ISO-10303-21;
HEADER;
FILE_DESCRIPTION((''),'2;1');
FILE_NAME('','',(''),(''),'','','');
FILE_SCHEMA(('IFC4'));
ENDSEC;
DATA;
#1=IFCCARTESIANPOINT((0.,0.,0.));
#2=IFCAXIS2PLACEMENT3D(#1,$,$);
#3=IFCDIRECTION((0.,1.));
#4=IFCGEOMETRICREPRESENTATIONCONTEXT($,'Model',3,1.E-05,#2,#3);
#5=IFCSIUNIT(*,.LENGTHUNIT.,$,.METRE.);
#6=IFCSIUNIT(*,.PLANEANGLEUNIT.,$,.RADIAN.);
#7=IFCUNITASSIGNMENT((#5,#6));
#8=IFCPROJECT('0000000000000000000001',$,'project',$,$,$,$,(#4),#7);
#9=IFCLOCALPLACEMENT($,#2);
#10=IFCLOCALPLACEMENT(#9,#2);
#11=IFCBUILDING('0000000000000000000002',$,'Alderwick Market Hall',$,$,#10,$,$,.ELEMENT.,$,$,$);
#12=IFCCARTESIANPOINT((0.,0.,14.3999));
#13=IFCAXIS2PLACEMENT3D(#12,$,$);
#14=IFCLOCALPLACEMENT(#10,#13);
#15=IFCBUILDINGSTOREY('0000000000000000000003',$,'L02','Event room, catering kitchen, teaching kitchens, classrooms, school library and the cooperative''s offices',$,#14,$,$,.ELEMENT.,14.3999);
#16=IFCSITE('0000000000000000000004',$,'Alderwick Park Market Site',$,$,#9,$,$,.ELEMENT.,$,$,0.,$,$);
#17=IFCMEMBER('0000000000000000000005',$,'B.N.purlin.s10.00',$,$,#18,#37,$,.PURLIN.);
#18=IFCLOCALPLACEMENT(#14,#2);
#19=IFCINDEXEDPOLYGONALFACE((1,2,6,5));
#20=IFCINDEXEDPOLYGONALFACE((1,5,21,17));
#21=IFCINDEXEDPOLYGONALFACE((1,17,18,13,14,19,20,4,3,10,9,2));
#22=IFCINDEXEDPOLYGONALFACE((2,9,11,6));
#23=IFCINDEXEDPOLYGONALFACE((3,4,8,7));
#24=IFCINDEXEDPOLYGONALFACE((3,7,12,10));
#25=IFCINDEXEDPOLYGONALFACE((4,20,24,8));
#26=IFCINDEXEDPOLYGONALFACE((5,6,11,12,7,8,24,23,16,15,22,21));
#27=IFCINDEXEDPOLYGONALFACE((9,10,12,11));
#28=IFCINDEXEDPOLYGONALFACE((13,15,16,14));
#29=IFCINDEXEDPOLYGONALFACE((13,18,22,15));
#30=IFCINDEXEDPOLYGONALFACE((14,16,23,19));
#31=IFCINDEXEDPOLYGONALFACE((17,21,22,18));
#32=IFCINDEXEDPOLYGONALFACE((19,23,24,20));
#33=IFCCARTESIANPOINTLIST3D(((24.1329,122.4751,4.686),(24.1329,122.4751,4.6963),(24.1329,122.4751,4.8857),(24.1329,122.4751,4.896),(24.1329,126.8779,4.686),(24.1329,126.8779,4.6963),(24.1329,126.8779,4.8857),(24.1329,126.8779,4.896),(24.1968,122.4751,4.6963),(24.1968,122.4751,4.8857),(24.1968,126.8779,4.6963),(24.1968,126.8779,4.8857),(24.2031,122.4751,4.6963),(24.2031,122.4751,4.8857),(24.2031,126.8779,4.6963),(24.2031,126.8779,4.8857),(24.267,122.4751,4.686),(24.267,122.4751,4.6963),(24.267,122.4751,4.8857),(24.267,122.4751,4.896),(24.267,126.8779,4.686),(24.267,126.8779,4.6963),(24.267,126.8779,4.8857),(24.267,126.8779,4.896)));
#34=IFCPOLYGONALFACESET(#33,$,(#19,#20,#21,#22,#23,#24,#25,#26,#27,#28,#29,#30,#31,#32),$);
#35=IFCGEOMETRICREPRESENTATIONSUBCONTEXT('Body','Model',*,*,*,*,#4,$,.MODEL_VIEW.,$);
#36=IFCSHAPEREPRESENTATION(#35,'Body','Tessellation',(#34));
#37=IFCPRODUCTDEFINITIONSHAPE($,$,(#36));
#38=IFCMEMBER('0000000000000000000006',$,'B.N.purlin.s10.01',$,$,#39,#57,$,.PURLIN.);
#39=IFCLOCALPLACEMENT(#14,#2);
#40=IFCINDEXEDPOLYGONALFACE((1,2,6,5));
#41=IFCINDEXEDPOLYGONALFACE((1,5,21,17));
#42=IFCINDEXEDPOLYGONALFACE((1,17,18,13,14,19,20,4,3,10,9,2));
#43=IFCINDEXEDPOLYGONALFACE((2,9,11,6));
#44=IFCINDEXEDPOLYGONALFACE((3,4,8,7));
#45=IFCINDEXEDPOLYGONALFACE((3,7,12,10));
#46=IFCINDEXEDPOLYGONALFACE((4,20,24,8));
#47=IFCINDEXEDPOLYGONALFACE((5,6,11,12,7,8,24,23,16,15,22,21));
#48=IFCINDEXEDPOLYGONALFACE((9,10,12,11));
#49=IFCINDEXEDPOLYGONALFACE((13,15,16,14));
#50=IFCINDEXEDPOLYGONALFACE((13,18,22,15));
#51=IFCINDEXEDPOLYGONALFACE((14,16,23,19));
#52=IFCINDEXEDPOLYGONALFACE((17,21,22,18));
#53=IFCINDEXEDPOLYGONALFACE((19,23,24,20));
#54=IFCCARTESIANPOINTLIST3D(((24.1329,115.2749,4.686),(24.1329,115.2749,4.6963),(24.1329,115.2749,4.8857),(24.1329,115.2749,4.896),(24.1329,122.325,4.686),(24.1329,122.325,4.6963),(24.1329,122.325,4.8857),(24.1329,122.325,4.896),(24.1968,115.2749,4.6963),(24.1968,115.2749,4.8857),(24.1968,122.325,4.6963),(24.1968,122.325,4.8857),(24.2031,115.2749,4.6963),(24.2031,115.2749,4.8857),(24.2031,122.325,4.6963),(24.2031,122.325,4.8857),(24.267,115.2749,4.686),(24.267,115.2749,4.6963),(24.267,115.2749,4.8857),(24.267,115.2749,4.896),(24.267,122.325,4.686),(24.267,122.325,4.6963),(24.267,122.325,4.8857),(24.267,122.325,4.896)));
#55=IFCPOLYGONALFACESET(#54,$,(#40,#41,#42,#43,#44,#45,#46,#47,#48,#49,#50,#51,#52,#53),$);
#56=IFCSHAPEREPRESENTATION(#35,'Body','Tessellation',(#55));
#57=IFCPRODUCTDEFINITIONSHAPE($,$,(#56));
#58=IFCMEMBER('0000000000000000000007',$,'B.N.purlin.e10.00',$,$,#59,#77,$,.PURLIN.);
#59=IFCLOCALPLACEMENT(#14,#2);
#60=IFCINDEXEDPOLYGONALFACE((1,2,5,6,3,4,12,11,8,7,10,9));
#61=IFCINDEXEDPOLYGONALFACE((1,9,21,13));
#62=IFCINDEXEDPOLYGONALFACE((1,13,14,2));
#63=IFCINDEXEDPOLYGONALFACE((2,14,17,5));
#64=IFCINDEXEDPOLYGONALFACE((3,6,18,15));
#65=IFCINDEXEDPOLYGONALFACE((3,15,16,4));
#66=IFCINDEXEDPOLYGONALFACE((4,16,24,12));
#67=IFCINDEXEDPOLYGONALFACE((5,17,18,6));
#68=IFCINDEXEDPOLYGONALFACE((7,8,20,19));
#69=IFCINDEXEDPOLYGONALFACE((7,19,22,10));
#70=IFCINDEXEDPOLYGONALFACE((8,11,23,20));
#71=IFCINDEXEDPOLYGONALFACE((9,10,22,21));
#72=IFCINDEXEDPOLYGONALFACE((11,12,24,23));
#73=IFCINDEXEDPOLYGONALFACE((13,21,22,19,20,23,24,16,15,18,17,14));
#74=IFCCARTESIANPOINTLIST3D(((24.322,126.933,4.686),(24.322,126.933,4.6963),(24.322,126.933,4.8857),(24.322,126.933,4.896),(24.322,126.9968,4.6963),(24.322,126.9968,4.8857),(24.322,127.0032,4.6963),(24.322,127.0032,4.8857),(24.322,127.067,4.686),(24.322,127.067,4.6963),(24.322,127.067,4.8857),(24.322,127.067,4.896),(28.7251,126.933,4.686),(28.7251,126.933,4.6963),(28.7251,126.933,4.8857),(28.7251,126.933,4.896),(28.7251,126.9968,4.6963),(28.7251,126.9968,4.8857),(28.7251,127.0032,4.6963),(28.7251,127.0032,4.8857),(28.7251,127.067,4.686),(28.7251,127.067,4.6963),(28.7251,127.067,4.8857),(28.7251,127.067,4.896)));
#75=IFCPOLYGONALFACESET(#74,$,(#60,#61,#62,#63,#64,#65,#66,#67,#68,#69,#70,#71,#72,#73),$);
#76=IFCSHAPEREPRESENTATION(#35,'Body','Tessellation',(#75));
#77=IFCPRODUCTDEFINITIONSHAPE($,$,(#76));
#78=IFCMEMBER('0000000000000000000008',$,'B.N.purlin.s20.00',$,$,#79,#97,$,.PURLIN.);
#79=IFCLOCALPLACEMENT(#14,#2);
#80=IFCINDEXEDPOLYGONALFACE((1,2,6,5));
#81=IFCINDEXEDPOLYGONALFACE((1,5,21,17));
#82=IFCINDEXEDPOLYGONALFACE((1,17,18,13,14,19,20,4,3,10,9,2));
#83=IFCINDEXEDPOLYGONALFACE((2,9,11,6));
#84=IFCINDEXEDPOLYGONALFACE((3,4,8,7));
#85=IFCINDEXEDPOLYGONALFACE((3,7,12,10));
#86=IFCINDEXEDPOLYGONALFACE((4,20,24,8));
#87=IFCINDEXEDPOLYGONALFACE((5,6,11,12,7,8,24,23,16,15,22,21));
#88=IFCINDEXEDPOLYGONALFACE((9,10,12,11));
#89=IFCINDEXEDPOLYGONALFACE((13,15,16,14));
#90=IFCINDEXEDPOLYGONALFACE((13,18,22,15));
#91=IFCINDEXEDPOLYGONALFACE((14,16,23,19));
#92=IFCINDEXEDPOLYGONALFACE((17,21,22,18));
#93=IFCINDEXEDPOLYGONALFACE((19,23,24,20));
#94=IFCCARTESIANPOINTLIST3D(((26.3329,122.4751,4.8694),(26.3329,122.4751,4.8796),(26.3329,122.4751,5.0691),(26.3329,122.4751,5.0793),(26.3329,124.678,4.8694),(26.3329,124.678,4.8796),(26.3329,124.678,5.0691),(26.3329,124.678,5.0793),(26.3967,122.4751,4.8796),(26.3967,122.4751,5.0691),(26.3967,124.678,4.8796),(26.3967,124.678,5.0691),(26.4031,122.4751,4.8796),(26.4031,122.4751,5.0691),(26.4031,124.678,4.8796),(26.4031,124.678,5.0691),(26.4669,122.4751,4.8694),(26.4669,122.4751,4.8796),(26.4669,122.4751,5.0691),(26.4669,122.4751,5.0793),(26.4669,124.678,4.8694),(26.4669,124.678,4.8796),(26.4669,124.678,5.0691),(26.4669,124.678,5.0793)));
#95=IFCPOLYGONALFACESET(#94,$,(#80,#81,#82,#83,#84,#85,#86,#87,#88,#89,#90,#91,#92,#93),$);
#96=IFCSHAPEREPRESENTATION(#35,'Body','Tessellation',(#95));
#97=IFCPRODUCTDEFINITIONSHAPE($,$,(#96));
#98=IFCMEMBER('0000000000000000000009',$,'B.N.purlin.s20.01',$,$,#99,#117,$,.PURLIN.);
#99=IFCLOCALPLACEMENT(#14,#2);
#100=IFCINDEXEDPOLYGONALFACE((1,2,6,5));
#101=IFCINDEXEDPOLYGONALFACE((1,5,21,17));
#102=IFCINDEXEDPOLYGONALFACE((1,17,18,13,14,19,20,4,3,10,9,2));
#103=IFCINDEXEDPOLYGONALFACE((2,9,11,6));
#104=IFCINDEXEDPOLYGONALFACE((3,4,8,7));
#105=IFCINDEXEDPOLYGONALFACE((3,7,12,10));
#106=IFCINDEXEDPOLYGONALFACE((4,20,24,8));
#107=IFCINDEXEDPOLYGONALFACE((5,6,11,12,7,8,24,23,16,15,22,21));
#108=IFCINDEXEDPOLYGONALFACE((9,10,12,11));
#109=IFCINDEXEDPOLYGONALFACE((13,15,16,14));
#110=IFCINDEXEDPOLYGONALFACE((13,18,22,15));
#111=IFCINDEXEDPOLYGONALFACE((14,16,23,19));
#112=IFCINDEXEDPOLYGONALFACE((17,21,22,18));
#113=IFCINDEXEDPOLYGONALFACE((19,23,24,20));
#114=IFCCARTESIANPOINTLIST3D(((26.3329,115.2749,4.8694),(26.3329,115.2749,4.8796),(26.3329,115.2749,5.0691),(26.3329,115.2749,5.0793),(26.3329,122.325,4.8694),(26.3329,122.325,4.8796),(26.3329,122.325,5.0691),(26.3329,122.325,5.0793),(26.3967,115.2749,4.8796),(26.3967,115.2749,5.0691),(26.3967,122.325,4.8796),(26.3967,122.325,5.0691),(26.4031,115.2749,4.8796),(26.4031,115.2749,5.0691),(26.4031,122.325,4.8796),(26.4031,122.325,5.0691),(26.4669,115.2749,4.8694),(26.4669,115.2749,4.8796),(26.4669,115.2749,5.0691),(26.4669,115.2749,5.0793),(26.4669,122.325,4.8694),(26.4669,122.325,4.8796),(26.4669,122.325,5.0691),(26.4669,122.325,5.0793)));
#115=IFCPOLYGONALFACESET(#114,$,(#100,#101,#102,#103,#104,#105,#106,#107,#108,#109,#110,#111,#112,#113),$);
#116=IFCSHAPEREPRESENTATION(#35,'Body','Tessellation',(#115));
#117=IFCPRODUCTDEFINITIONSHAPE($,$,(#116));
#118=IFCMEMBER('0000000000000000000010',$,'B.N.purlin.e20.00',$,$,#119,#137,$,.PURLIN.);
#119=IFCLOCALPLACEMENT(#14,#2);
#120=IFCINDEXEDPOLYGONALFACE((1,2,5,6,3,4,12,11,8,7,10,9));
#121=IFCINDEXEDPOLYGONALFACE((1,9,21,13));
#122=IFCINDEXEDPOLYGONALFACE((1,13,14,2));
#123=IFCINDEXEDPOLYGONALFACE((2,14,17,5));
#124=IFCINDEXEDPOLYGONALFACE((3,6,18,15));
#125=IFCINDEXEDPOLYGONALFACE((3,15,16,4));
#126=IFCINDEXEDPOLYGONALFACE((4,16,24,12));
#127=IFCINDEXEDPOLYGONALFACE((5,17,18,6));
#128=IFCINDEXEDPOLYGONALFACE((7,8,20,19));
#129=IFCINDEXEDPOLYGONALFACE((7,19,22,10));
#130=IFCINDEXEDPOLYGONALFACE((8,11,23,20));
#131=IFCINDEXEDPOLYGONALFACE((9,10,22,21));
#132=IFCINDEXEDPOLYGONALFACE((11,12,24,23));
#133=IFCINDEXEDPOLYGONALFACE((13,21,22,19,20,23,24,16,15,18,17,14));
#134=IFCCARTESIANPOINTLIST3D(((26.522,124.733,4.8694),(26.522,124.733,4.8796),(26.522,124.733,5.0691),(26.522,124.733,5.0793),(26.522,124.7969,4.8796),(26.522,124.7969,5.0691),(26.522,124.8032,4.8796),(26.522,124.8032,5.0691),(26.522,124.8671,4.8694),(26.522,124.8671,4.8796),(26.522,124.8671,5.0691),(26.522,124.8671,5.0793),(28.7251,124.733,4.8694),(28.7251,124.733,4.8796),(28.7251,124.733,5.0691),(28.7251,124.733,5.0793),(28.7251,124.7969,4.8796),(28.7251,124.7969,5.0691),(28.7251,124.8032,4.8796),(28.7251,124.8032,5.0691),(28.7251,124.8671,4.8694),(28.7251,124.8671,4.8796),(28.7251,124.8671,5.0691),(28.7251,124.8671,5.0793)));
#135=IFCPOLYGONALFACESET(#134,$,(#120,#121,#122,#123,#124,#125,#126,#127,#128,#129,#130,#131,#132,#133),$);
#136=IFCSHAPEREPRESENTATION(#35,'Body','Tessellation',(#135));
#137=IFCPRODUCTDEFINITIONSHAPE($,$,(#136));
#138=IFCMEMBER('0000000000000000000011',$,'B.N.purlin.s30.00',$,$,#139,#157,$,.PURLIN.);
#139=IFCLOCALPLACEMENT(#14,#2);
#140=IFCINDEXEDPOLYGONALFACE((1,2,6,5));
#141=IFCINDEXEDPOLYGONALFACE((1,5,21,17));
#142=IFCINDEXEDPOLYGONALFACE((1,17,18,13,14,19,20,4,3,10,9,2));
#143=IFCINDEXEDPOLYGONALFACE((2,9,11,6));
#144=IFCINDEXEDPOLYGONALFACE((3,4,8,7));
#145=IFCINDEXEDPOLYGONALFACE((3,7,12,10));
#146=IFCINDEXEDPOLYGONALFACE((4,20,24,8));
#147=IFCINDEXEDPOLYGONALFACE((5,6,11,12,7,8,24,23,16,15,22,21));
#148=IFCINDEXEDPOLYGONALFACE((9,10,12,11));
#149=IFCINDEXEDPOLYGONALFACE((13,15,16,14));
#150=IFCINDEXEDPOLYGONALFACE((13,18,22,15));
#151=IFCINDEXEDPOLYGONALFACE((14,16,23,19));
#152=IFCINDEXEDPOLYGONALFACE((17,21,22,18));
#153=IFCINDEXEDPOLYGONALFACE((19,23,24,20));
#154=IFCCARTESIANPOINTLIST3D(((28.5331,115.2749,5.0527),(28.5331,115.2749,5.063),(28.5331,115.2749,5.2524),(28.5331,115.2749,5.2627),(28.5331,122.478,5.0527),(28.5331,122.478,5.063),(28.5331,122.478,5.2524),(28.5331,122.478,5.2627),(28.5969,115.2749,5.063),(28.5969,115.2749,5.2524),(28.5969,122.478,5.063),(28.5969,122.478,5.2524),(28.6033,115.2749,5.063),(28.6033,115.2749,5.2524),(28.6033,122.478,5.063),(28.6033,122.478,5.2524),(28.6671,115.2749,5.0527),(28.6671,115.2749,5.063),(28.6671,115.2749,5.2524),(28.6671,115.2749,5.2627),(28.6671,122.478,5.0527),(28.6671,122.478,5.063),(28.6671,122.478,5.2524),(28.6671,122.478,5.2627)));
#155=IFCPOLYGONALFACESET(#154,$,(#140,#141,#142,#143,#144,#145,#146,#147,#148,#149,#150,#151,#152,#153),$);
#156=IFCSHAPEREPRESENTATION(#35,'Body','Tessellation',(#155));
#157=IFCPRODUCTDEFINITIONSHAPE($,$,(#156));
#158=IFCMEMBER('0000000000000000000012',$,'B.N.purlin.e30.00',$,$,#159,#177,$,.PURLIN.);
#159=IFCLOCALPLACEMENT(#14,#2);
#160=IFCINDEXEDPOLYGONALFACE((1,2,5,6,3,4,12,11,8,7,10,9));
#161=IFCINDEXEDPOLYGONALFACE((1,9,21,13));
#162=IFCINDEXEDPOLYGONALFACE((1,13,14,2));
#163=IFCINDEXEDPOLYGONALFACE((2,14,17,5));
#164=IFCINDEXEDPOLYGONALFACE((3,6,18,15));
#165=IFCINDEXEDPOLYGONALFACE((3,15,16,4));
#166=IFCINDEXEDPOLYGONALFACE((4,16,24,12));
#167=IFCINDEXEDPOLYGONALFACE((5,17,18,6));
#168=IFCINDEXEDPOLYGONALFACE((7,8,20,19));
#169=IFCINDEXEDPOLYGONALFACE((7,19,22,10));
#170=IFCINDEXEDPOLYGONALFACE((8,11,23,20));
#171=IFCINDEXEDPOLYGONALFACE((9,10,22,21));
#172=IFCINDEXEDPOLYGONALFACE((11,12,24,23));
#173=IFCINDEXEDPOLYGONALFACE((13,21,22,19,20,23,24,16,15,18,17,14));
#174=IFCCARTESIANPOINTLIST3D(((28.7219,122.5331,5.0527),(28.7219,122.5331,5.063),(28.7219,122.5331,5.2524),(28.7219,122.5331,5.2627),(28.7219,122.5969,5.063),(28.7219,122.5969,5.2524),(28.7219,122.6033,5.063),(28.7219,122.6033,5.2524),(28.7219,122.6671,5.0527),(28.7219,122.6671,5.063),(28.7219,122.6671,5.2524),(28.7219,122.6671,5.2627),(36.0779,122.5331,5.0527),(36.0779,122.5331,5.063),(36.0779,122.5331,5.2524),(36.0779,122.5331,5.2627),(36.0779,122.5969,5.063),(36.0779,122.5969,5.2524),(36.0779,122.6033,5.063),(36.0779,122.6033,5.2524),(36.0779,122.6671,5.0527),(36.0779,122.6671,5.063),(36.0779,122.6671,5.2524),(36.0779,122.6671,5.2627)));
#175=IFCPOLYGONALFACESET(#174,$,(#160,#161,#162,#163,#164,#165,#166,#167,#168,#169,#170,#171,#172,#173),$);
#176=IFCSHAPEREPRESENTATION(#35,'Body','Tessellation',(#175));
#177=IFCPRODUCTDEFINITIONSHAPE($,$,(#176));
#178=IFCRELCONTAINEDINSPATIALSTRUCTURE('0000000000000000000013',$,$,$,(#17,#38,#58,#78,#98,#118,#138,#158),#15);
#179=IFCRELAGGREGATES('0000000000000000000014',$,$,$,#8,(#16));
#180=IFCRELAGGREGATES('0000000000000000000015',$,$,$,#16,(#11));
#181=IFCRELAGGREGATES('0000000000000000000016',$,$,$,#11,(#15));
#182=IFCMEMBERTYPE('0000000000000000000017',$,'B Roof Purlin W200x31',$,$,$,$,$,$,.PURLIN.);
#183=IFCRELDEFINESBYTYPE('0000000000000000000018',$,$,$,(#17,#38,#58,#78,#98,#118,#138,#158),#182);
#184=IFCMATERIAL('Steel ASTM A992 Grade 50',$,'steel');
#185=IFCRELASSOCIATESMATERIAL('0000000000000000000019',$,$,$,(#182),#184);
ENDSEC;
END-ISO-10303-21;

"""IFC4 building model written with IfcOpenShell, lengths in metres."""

from ifc_helpers import new_model, si_unit, direction, frame, origin, origin_2d, place, context, subcontext, project, spatial, i_section, extrude, material, material_profile, profile_set, type_object, element, save


model = new_model("IFC4")

# Units and contexts
model_context = context("Model", 3, precision=1e-05, world=origin(), true_north=direction((0.0, 1.0)))
body_context = subcontext(model_context, "Body", "Model", "MODEL_VIEW")
ifc_project = project(units=[si_unit("LENGTHUNIT", "METRE"), si_unit("PLANEANGLEUNIT", "RADIAN")], contexts=[model_context])

# Site, building, storey
site_placement = place(None, origin())
site = spatial("IfcSite", under=ifc_project, at=site_placement, Name="Alderwick Park Market Site", CompositionType="ELEMENT", RefElevation=0.0)
building_placement = place(site_placement, origin())
building = spatial("IfcBuilding", under=site, at=building_placement, Name="Alderwick Market Hall", CompositionType="ELEMENT")
storey_placement = place(building_placement, frame((0.0, 0.0, 14.3999)))
storey = spatial("IfcBuildingStorey", under=building, at=storey_placement, Name="L02", Description="Event room, catering kitchen, teaching kitchens, classrooms, school library and the cooperative's offices", CompositionType="ELEMENT", Elevation=14.3999)

# Members
ifc_material_1 = material(Name="Steel ASTM A992 Grade 50", Category="steel")
ifc_material_profile_1 = material_profile(ifc_material_1, i_section(OverallWidth=0.134, OverallDepth=0.21, WebThickness=0.0063, FlangeThickness=0.0103, at=origin_2d()), Name="W200x31")
ifc_profile_set_1 = profile_set([ifc_material_profile_1], Name="Steel ASTM A992 Grade 50")
member_type = type_object("IfcMemberType", Name="B Roof Purlin W200x31", PredefinedType="PURLIN", material=ifc_profile_set_1)
member_1_placement = place(storey_placement, frame((24.2, 126.8779, 4.791), z_axis=(0.0, -1.0, 0.0), x_axis=(1.0, 0.0, 0.0)))
element("IfcMember", 1, at=member_1_placement, inside=storey, type_object=member_type, Name="B.N.purlin.s10.00", PredefinedType="PURLIN", context=body_context, shape_type="SweptSolid", body=[
    extrude(i_section(OverallWidth=0.134, OverallDepth=0.21, WebThickness=0.0063, FlangeThickness=0.0103, at=origin_2d()), origin(), (0.0, 0.0, 1.0), 4.4028),
])
member_2_placement = place(storey_placement, frame((24.2, 122.325, 4.791), z_axis=(0.0, -1.0, 0.0), x_axis=(1.0, 0.0, 0.0)))
element("IfcMember", 2, at=member_2_placement, inside=storey, type_object=member_type, Name="B.N.purlin.s10.01", PredefinedType="PURLIN", context=body_context, shape_type="SweptSolid", body=[
    extrude(i_section(OverallWidth=0.134, OverallDepth=0.21, WebThickness=0.0063, FlangeThickness=0.0103, at=origin_2d()), origin(), (0.0, 0.0, 1.0), 7.05),
])
member_3_placement = place(storey_placement, frame((24.322, 127.0, 4.791), z_axis=(1.0, 0.0, 0.0), x_axis=(0.0, 1.0, 0.0)))
element("IfcMember", 3, at=member_3_placement, inside=storey, type_object=member_type, Name="B.N.purlin.e10.00", PredefinedType="PURLIN", context=body_context, shape_type="SweptSolid", body=[
    extrude(i_section(OverallWidth=0.134, OverallDepth=0.21, WebThickness=0.0063, FlangeThickness=0.0103, at=origin_2d()), origin(), (0.0, 0.0, 1.0), 4.4031),
])
member_4_placement = place(storey_placement, frame((26.3999, 124.678, 4.9744), z_axis=(0.0, -1.0, 0.0), x_axis=(1.0, 0.0, 0.0)))
element("IfcMember", 4, at=member_4_placement, inside=storey, type_object=member_type, Name="B.N.purlin.s20.00", PredefinedType="PURLIN", context=body_context, shape_type="SweptSolid", body=[
    extrude(i_section(OverallWidth=0.134, OverallDepth=0.21, WebThickness=0.0063, FlangeThickness=0.0103, at=origin_2d()), origin(), (0.0, 0.0, 1.0), 2.2029),
])
member_5_placement = place(storey_placement, frame((26.3999, 122.325, 4.9744), z_axis=(0.0, -1.0, 0.0), x_axis=(1.0, 0.0, 0.0)))
element("IfcMember", 5, at=member_5_placement, inside=storey, type_object=member_type, Name="B.N.purlin.s20.01", PredefinedType="PURLIN", context=body_context, shape_type="SweptSolid", body=[
    extrude(i_section(OverallWidth=0.134, OverallDepth=0.21, WebThickness=0.0063, FlangeThickness=0.0103, at=origin_2d()), origin(), (0.0, 0.0, 1.0), 7.05),
])
member_6_placement = place(storey_placement, frame((26.522, 124.8, 4.9744), z_axis=(1.0, 0.0, 0.0), x_axis=(0.0, 1.0, 0.0)))
element("IfcMember", 6, at=member_6_placement, inside=storey, type_object=member_type, Name="B.N.purlin.e20.00", PredefinedType="PURLIN", context=body_context, shape_type="SweptSolid", body=[
    extrude(i_section(OverallWidth=0.134, OverallDepth=0.21, WebThickness=0.0063, FlangeThickness=0.0103, at=origin_2d()), origin(), (0.0, 0.0, 1.0), 2.2031),
])
member_7_placement = place(storey_placement, frame((28.6001, 122.478, 5.1577), z_axis=(0.0, -1.0, 0.0), x_axis=(1.0, 0.0, 0.0)))
element("IfcMember", 7, at=member_7_placement, inside=storey, type_object=member_type, Name="B.N.purlin.s30.00", PredefinedType="PURLIN", context=body_context, shape_type="SweptSolid", body=[
    extrude(i_section(OverallWidth=0.134, OverallDepth=0.21, WebThickness=0.0063, FlangeThickness=0.0103, at=origin_2d()), origin(), (0.0, 0.0, 1.0), 7.2031),
])
member_8_placement = place(storey_placement, frame((28.7219, 122.6001, 5.1577), z_axis=(1.0, 0.0, 0.0), x_axis=(0.0, 1.0, 0.0)))
element("IfcMember", 8, at=member_8_placement, inside=storey, type_object=member_type, Name="B.N.purlin.e30.00", PredefinedType="PURLIN", context=body_context, shape_type="SweptSolid", body=[
    extrude(i_section(OverallWidth=0.134, OverallDepth=0.21, WebThickness=0.0063, FlangeThickness=0.0103, at=origin_2d()), origin(), (0.0, 0.0, 1.0), 7.356),
])

save(model, "model.ifc")
